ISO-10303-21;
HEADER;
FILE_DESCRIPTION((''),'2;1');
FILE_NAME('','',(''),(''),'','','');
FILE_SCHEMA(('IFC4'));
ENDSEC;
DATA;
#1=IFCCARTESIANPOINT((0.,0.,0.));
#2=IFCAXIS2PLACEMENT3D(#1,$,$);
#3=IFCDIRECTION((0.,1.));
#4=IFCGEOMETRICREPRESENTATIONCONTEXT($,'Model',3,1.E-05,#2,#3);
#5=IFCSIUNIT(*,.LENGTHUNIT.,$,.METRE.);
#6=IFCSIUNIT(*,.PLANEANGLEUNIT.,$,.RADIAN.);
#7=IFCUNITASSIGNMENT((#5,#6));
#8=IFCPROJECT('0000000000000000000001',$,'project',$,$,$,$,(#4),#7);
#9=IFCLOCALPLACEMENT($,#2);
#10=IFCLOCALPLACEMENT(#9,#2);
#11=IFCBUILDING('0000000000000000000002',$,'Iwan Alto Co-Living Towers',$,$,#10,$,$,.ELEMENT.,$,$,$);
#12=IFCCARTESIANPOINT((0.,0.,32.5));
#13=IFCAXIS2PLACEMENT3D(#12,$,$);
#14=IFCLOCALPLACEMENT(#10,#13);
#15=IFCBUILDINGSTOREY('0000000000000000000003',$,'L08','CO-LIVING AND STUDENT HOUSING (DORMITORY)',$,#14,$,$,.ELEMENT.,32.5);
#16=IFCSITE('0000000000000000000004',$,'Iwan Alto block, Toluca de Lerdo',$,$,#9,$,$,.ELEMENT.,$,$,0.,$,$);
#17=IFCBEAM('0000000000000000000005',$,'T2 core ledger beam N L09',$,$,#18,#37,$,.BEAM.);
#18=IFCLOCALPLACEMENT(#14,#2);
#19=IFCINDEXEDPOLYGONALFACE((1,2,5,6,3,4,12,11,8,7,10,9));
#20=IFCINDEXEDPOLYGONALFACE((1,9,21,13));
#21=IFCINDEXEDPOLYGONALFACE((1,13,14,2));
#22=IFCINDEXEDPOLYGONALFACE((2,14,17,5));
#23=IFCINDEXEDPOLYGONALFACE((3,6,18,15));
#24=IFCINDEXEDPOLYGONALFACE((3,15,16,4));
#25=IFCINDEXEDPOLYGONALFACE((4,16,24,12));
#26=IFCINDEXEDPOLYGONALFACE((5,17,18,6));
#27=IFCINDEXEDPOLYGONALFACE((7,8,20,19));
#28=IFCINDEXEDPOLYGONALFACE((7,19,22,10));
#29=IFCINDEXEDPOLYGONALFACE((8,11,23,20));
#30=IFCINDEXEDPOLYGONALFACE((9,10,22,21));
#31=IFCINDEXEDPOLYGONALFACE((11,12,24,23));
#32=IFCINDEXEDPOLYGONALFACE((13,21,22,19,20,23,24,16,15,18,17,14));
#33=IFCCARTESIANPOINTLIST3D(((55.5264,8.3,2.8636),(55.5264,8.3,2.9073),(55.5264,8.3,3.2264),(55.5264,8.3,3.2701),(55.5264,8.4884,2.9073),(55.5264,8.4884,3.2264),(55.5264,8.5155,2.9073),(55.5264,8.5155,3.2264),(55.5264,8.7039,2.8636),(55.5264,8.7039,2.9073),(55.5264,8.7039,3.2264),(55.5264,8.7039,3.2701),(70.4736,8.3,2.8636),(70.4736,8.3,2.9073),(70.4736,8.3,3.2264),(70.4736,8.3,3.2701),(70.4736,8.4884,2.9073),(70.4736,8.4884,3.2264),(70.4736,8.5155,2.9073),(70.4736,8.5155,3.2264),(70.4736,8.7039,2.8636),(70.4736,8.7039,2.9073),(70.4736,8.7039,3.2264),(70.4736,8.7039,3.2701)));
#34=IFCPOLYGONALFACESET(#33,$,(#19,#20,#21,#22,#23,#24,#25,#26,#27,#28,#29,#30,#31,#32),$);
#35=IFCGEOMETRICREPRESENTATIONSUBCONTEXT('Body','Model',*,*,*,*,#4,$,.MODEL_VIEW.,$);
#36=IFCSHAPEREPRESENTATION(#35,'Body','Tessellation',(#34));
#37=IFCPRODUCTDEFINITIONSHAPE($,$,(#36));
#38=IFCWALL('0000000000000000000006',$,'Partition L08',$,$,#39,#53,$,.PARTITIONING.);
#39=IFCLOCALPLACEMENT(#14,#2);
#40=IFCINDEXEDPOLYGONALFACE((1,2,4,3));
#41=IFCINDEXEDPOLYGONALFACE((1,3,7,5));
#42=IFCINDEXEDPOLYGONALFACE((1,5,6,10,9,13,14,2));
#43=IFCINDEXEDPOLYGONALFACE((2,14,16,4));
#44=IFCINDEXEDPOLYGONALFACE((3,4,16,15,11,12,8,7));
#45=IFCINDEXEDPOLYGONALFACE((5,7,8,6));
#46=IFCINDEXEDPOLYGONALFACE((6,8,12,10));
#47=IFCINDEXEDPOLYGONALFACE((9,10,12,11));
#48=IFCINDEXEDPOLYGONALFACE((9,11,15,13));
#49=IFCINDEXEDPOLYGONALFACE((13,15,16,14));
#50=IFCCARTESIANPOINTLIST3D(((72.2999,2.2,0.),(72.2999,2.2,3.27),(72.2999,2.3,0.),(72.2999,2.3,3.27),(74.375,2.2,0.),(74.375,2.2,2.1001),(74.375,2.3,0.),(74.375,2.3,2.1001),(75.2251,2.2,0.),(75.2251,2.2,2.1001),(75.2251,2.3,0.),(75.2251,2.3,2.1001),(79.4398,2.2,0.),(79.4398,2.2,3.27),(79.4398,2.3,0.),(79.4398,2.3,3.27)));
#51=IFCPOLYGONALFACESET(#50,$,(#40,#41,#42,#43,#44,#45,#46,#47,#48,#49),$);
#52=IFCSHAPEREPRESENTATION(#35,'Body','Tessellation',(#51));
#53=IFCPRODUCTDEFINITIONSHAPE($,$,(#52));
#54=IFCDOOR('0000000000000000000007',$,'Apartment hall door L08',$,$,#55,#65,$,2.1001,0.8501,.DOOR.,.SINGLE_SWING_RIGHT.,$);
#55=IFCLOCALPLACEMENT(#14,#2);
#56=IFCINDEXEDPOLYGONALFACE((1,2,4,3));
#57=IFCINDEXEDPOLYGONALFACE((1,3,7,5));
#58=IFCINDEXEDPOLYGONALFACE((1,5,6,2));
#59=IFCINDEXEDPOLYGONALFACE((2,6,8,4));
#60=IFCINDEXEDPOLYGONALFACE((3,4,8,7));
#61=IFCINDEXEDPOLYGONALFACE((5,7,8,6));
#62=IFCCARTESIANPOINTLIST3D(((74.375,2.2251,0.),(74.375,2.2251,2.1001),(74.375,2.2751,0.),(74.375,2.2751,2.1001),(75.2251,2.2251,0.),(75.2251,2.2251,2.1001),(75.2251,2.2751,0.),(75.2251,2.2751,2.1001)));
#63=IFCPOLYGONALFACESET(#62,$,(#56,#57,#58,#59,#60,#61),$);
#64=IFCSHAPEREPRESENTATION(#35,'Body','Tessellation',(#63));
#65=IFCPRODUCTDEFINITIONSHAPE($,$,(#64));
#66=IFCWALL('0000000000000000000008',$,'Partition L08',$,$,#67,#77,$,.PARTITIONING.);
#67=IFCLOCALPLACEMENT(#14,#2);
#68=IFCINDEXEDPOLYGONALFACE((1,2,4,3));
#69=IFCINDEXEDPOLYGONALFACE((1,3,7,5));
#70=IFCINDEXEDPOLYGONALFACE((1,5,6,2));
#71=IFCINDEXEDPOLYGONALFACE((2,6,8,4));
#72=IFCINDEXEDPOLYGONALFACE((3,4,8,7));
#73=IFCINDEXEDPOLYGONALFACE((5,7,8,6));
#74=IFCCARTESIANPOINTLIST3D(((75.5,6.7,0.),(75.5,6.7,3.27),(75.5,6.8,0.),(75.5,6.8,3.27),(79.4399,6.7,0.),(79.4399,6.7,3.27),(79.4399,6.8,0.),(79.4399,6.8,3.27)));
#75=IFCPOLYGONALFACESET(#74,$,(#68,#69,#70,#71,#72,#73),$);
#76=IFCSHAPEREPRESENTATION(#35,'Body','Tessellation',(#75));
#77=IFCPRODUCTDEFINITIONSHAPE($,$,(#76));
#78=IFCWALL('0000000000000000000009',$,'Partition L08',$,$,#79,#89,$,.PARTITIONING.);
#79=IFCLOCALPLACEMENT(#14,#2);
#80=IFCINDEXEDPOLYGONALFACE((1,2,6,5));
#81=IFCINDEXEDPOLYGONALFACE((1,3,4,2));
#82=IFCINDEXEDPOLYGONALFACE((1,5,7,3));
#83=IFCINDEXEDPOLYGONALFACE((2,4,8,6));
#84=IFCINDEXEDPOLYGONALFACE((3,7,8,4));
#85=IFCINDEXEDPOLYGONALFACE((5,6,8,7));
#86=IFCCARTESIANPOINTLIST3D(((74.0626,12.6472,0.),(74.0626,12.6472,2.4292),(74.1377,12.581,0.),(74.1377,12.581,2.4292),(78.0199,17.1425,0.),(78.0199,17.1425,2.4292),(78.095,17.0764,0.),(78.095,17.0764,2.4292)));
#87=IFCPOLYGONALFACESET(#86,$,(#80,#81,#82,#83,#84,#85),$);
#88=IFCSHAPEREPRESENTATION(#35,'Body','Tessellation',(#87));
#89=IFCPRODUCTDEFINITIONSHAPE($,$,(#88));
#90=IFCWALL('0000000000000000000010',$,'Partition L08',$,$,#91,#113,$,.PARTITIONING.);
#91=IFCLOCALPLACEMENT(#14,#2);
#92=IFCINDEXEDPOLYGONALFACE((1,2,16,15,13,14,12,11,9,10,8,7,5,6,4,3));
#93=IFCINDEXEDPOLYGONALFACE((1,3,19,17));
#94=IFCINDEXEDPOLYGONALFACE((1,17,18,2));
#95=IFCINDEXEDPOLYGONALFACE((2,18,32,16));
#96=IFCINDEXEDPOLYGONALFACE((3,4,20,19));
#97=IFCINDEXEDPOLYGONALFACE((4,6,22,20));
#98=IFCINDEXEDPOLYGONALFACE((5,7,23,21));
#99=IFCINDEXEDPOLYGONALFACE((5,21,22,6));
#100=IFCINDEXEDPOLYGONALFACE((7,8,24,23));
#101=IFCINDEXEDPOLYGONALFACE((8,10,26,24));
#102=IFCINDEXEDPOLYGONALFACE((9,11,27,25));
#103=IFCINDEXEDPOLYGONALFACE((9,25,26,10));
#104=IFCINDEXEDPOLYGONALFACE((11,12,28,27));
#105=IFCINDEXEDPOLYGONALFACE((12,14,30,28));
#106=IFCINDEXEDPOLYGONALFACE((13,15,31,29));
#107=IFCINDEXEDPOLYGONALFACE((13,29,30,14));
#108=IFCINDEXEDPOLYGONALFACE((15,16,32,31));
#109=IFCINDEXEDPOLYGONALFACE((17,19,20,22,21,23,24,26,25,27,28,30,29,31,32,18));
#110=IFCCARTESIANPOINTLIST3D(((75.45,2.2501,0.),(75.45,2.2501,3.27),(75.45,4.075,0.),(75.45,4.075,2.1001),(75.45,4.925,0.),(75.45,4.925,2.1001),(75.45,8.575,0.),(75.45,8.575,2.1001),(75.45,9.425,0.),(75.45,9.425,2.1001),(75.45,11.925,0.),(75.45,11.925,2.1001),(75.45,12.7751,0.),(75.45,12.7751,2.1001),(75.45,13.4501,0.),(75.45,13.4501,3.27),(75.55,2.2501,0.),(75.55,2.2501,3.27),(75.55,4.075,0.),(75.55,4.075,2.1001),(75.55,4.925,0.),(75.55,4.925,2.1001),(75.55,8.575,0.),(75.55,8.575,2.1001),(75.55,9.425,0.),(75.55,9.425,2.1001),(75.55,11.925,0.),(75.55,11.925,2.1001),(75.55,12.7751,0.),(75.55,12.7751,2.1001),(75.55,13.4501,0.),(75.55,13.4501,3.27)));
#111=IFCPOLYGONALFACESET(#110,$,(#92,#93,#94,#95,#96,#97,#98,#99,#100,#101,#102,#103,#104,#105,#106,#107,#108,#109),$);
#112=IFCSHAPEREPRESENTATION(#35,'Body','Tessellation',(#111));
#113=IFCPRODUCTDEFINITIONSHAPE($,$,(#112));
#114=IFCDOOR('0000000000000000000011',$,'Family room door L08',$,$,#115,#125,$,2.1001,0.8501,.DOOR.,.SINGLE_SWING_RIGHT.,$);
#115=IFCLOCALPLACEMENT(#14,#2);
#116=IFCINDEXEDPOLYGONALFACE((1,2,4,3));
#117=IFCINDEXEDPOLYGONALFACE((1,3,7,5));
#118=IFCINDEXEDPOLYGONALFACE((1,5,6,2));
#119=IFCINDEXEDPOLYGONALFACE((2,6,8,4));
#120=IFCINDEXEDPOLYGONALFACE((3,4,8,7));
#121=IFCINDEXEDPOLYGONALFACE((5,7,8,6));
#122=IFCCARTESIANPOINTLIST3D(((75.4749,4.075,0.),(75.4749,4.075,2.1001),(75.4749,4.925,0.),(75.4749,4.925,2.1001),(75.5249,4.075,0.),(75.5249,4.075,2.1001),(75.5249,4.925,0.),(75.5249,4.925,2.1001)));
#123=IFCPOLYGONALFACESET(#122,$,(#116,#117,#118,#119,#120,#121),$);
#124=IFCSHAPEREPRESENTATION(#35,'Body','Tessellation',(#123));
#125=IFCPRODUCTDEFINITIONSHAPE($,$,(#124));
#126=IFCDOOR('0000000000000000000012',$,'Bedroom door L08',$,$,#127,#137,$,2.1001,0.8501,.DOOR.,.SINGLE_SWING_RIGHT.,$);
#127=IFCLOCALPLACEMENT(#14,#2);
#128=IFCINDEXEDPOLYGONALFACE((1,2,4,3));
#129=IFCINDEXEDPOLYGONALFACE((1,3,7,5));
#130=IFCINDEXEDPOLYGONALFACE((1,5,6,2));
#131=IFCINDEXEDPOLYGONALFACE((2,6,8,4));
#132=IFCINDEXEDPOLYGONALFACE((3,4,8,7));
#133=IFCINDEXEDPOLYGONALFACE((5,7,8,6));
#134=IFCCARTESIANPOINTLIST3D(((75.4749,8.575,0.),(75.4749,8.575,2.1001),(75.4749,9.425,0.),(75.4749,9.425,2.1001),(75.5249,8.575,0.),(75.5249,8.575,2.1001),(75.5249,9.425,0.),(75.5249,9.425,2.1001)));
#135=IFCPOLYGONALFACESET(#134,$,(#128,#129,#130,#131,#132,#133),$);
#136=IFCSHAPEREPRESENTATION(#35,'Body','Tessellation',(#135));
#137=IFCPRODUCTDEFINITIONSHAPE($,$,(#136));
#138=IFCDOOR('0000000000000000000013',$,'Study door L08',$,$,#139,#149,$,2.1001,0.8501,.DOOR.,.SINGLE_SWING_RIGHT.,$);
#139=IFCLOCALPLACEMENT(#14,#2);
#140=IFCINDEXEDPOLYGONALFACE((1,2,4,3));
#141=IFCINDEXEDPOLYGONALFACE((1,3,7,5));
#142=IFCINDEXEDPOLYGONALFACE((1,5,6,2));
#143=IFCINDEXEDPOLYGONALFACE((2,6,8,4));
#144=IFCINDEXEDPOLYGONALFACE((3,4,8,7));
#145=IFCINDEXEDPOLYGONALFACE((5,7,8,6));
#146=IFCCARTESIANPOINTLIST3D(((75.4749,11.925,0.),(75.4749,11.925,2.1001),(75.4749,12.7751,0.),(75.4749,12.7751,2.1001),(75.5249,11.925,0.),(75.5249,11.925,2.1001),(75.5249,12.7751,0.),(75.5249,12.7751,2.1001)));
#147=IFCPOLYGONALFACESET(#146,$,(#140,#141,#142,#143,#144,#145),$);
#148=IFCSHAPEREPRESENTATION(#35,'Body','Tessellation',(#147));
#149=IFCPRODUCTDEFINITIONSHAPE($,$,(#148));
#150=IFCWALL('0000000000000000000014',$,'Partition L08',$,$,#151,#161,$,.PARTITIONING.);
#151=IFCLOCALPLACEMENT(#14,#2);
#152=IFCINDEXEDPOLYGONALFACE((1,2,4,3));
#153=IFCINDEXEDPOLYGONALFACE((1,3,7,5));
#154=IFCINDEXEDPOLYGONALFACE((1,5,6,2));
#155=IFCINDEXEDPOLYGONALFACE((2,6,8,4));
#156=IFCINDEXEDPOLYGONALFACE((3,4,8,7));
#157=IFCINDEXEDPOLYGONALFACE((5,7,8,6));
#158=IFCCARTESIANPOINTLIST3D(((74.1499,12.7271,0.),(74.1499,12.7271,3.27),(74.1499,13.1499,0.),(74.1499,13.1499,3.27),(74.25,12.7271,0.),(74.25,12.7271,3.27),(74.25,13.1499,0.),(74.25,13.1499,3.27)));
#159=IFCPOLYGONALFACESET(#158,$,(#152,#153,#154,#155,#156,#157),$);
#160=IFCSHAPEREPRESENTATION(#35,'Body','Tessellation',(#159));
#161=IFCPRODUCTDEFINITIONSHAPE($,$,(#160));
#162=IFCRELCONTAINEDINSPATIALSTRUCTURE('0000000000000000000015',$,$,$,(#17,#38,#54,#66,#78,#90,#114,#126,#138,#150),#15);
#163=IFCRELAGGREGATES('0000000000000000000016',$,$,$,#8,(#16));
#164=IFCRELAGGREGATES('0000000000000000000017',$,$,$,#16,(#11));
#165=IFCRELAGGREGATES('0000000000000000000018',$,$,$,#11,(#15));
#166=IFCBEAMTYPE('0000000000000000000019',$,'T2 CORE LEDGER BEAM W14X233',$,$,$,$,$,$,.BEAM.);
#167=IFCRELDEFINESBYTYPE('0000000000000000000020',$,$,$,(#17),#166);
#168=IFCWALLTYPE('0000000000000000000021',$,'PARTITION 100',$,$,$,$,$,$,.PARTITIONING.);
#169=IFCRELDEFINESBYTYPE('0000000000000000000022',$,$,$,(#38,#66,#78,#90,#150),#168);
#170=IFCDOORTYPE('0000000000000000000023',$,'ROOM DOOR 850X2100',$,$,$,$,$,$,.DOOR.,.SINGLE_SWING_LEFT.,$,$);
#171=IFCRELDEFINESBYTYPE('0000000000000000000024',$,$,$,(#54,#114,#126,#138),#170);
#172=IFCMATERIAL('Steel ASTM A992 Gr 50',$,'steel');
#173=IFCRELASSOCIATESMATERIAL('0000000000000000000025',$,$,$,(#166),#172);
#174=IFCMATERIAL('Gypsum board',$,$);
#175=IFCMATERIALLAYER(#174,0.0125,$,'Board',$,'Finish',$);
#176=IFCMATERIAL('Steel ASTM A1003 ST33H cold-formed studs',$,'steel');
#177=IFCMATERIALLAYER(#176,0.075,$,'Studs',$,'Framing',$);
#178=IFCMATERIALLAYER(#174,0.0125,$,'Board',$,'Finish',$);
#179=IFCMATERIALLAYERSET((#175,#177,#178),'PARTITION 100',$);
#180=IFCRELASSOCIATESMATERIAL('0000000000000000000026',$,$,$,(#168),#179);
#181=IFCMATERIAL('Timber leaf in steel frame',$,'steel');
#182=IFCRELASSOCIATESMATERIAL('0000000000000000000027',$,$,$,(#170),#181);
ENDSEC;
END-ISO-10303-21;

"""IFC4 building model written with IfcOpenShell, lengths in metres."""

from ifc_helpers import new_model, si_unit, direction, frame, frame_2d, origin, origin_2d, place, context, subcontext, project, spatial, rectangle, i_section, extrude, material, layer, layer_set, material_profile, profile_set, type_object, element, fill, save


model = new_model("IFC4")

# Units and contexts
model_context = context("Model", 3, precision=1e-05, world=origin(), true_north=direction((0.0, 1.0)))
body_context = subcontext(model_context, "Body", "Model", "MODEL_VIEW")
ifc_project = project(units=[si_unit("LENGTHUNIT", "METRE"), si_unit("PLANEANGLEUNIT", "RADIAN")], contexts=[model_context])

# Site, building, storey
site_placement = place(None, origin())
site = spatial("IfcSite", under=ifc_project, at=site_placement, Name="Iwan Alto block, Toluca de Lerdo", CompositionType="ELEMENT", RefElevation=0.0)
building_placement = place(site_placement, origin())
building = spatial("IfcBuilding", under=site, at=building_placement, Name="Iwan Alto Co-Living Towers", CompositionType="ELEMENT")
storey_placement = place(building_placement, frame((0.0, 0.0, 32.5)))
storey = spatial("IfcBuildingStorey", under=building, at=storey_placement, Name="L08", Description="CO-LIVING AND STUDENT HOUSING (DORMITORY)", CompositionType="ELEMENT", Elevation=32.5)

# Beam
ifc_material_1 = material(Name="Steel ASTM A992 Gr 50", Category="steel")
ifc_material_profile = material_profile(ifc_material_1, i_section(OverallWidth=0.4038, OverallDepth=0.4065, WebThickness=0.0271, FlangeThickness=0.0437, at=origin_2d()), Name="W14X233")
ifc_profile_set = profile_set([ifc_material_profile], Name="Steel ASTM A992 Gr 50")
beam_type = type_object("IfcBeamType", Name="T2 CORE LEDGER BEAM W14X233", PredefinedType="BEAM", material=ifc_profile_set)
beam_placement = place(storey_placement, frame((70.4736, 8.502, 3.0669), z_axis=(-1.0, 0.0, 0.0), x_axis=(0.0, -1.0, 0.0)))
element("IfcBeam", 1, at=beam_placement, inside=storey, type_object=beam_type, Name="T2 core ledger beam N L09", PredefinedType="BEAM", context=body_context, shape_type="SweptSolid", body=[
    extrude(i_section(OverallWidth=0.4038, OverallDepth=0.4065, WebThickness=0.0271, FlangeThickness=0.0437, at=origin_2d()), origin(), (0.0, 0.0, 1.0), 14.9473),
])

# Wall, opening, door
ifc_material_2 = material(Name="Gypsum board")
ifc_layer_1 = layer(ifc_material_2, 0.0125, Name="Board", Category="Finish")
ifc_material_3 = material(Name="Steel ASTM A1003 ST33H cold-formed studs", Category="steel")
ifc_layer_2 = layer(ifc_material_3, 0.075, Name="Studs", Category="Framing")
ifc_layer_3 = layer(ifc_material_2, 0.0125, Name="Board", Category="Finish")
ifc_layer_set_1 = layer_set([ifc_layer_1, ifc_layer_2, ifc_layer_3], Name="PARTITION 100")
wall_type_1 = type_object("IfcWallType", Name="PARTITION 100", PredefinedType="PARTITIONING", material=ifc_layer_set_1)
wall_1_placement = place(storey_placement, frame((72.3, 2.25, 0.0), z_axis=(0.0, 0.0, 1.0), x_axis=(1.0, 0.0, 0.0)))
wall_1 = element("IfcWall", 2, at=wall_1_placement, inside=storey, type_object=wall_type_1, Name="Partition L08", PredefinedType="PARTITIONING", context=body_context, shape_type="SweptSolid", body=[
    extrude(rectangle(XDim=7.1399, YDim=0.1001, at=frame_2d((3.5698, 0.0))), origin(), (0.0, 0.0, 1.0), 3.27),
])
opening_1_placement = place(wall_1_placement, frame((2.075, 0.0, 0.0)))
opening_1 = element("IfcOpeningElement", 3, at=opening_1_placement, cuts=wall_1, PredefinedType="OPENING", context=body_context, shape_type="SweptSolid", body=[
    extrude(rectangle(XDim=0.8501, YDim=2.1001, at=frame_2d((0.425, 1.05))), frame((0.0, 0.0601, 0.0), z_axis=(0.0, -1.0, 0.0), x_axis=(1.0, 0.0, 0.0)), (0.0, 0.0, 1.0), 0.1201),
])
ifc_material_4 = material(Name="Timber leaf in steel frame", Category="steel")
door_type_1 = type_object("IfcDoorType", Name="ROOM DOOR 850X2100", OperationType="SINGLE_SWING_LEFT", PredefinedType="DOOR", material=ifc_material_4)
door_1_placement = place(opening_1_placement, frame((0.8501, 0.0, 0.0), z_axis=(0.0, 0.0, 1.0), x_axis=(-1.0, 0.0, 0.0)))
door_1 = element("IfcDoor", 4, at=door_1_placement, inside=storey, type_object=door_type_1, Name="Apartment hall door L08", OperationType="SINGLE_SWING_RIGHT", OverallHeight=2.1001, OverallWidth=0.8501, PredefinedType="DOOR", context=body_context, shape_type="SweptSolid", body=[
    extrude(rectangle(XDim=0.8501, YDim=2.1001, at=frame_2d((0.425, 1.05))), frame((0.0, 0.0249, 0.0), z_axis=(0.0, -1.0, 0.0), x_axis=(1.0, 0.0, 0.0)), (0.0, 0.0, 1.0), 0.05),
])
fill(opening_1, door_1)

# Walls
wall_2_placement = place(storey_placement, frame((75.5, 6.75, 0.0), z_axis=(0.0, 0.0, 1.0), x_axis=(1.0, 0.0, 0.0)))
element("IfcWall", 5, at=wall_2_placement, inside=storey, type_object=wall_type_1, Name="Partition L08", PredefinedType="PARTITIONING", context=body_context, shape_type="SweptSolid", body=[
    extrude(rectangle(XDim=3.9399, YDim=0.1001, at=frame_2d((1.97, 0.0))), origin(), (0.0, 0.0, 1.0), 3.27),
])
wall_3_placement = place(storey_placement, frame((74.1001, 12.614, 0.0), z_axis=(0.0, 0.0, 1.0), x_axis=(0.660756, 0.750601, 0.0)))
element("IfcWall", 6, at=wall_3_placement, inside=storey, type_object=wall_type_1, Name="Partition L08", PredefinedType="PARTITIONING", context=body_context, shape_type="SweptSolid", body=[
    extrude(rectangle(XDim=5.989, YDim=0.1001, at=frame_2d((2.9946, 0.0))), origin(), (0.0, 0.0, 1.0), 2.4292),
])

# Wall, openings, doors
wall_4_placement = place(storey_placement, frame((75.5, 2.25, 0.0), z_axis=(0.0, 0.0, 1.0), x_axis=(0.0, 1.0, 0.0)))
wall_4 = element("IfcWall", 7, at=wall_4_placement, inside=storey, type_object=wall_type_1, Name="Partition L08", PredefinedType="PARTITIONING", context=body_context, shape_type="SweptSolid", body=[
    extrude(rectangle(XDim=11.2, YDim=0.1001, at=frame_2d((5.6001, 0.0))), origin(), (0.0, 0.0, 1.0), 3.27),
])
opening_2_placement = place(wall_4_placement, frame((1.825, 0.0, 0.0)))
opening_2 = element("IfcOpeningElement", 8, at=opening_2_placement, cuts=wall_4, PredefinedType="OPENING", context=body_context, shape_type="SweptSolid", body=[
    extrude(rectangle(XDim=0.8501, YDim=2.1001, at=frame_2d((0.425, 1.05))), frame((0.0, 0.0601, 0.0), z_axis=(0.0, -1.0, 0.0), x_axis=(1.0, 0.0, 0.0)), (0.0, 0.0, 1.0), 0.1201),
])
opening_3_placement = place(wall_4_placement, frame((6.325, 0.0, 0.0)))
opening_3 = element("IfcOpeningElement", 9, at=opening_3_placement, cuts=wall_4, PredefinedType="OPENING", context=body_context, shape_type="SweptSolid", body=[
    extrude(rectangle(XDim=0.8501, YDim=2.1001, at=frame_2d((0.425, 1.05))), frame((0.0, 0.0601, 0.0), z_axis=(0.0, -1.0, 0.0), x_axis=(1.0, 0.0, 0.0)), (0.0, 0.0, 1.0), 0.1201),
])
opening_4_placement = place(wall_4_placement, frame((9.675, 0.0, 0.0)))
opening_4 = element("IfcOpeningElement", 10, at=opening_4_placement, cuts=wall_4, PredefinedType="OPENING", context=body_context, shape_type="SweptSolid", body=[
    extrude(rectangle(XDim=0.8501, YDim=2.1001, at=frame_2d((0.425, 1.05))), frame((0.0, 0.0601, 0.0), z_axis=(0.0, -1.0, 0.0), x_axis=(1.0, 0.0, 0.0)), (0.0, 0.0, 1.0), 0.1201),
])
door_2_placement = place(opening_2_placement, frame((0.8501, 0.0, 0.0), z_axis=(0.0, 0.0, 1.0), x_axis=(-1.0, 0.0, 0.0)))
door_2 = element("IfcDoor", 11, at=door_2_placement, inside=storey, type_object=door_type_1, Name="Family room door L08", OperationType="SINGLE_SWING_RIGHT", OverallHeight=2.1001, OverallWidth=0.8501, PredefinedType="DOOR", context=body_context, shape_type="SweptSolid", body=[
    extrude(rectangle(XDim=0.8501, YDim=2.1001, at=frame_2d((0.425, 1.05))), frame((0.0, 0.0249, 0.0), z_axis=(0.0, -1.0, 0.0), x_axis=(1.0, 0.0, 0.0)), (0.0, 0.0, 1.0), 0.05),
])
fill(opening_2, door_2)
door_3_placement = place(opening_3_placement, frame((0.8501, 0.0, 0.0), z_axis=(0.0, 0.0, 1.0), x_axis=(-1.0, 0.0, 0.0)))
door_3 = element("IfcDoor", 12, at=door_3_placement, inside=storey, type_object=door_type_1, Name="Bedroom door L08", OperationType="SINGLE_SWING_RIGHT", OverallHeight=2.1001, OverallWidth=0.8501, PredefinedType="DOOR", context=body_context, shape_type="SweptSolid", body=[
    extrude(rectangle(XDim=0.8501, YDim=2.1001, at=frame_2d((0.425, 1.05))), frame((0.0, 0.0249, 0.0), z_axis=(0.0, -1.0, 0.0), x_axis=(1.0, 0.0, 0.0)), (0.0, 0.0, 1.0), 0.05),
])
fill(opening_3, door_3)
door_4_placement = place(opening_4_placement, frame((0.8501, 0.0, 0.0), z_axis=(0.0, 0.0, 1.0), x_axis=(-1.0, 0.0, 0.0)))
door_4 = element("IfcDoor", 13, at=door_4_placement, inside=storey, type_object=door_type_1, Name="Study door L08", OperationType="SINGLE_SWING_RIGHT", OverallHeight=2.1001, OverallWidth=0.8501, PredefinedType="DOOR", context=body_context, shape_type="SweptSolid", body=[
    extrude(rectangle(XDim=0.8501, YDim=2.1001, at=frame_2d((0.425, 1.05))), frame((0.0, 0.0249, 0.0), z_axis=(0.0, -1.0, 0.0), x_axis=(1.0, 0.0, 0.0)), (0.0, 0.0, 1.0), 0.05),
])
fill(opening_4, door_4)

# Wall
wall_5_placement = place(storey_placement, frame((74.2, 12.7271, 0.0), z_axis=(0.0, 0.0, 1.0), x_axis=(0.0, 1.0, 0.0)))
element("IfcWall", 14, at=wall_5_placement, inside=storey, type_object=wall_type_1, Name="Partition L08", PredefinedType="PARTITIONING", context=body_context, shape_type="SweptSolid", body=[
    extrude(rectangle(XDim=0.4229, YDim=0.1001, at=frame_2d((0.2114, 0.0))), origin(), (0.0, 0.0, 1.0), 3.27),
])

save(model, "model.ifc")
